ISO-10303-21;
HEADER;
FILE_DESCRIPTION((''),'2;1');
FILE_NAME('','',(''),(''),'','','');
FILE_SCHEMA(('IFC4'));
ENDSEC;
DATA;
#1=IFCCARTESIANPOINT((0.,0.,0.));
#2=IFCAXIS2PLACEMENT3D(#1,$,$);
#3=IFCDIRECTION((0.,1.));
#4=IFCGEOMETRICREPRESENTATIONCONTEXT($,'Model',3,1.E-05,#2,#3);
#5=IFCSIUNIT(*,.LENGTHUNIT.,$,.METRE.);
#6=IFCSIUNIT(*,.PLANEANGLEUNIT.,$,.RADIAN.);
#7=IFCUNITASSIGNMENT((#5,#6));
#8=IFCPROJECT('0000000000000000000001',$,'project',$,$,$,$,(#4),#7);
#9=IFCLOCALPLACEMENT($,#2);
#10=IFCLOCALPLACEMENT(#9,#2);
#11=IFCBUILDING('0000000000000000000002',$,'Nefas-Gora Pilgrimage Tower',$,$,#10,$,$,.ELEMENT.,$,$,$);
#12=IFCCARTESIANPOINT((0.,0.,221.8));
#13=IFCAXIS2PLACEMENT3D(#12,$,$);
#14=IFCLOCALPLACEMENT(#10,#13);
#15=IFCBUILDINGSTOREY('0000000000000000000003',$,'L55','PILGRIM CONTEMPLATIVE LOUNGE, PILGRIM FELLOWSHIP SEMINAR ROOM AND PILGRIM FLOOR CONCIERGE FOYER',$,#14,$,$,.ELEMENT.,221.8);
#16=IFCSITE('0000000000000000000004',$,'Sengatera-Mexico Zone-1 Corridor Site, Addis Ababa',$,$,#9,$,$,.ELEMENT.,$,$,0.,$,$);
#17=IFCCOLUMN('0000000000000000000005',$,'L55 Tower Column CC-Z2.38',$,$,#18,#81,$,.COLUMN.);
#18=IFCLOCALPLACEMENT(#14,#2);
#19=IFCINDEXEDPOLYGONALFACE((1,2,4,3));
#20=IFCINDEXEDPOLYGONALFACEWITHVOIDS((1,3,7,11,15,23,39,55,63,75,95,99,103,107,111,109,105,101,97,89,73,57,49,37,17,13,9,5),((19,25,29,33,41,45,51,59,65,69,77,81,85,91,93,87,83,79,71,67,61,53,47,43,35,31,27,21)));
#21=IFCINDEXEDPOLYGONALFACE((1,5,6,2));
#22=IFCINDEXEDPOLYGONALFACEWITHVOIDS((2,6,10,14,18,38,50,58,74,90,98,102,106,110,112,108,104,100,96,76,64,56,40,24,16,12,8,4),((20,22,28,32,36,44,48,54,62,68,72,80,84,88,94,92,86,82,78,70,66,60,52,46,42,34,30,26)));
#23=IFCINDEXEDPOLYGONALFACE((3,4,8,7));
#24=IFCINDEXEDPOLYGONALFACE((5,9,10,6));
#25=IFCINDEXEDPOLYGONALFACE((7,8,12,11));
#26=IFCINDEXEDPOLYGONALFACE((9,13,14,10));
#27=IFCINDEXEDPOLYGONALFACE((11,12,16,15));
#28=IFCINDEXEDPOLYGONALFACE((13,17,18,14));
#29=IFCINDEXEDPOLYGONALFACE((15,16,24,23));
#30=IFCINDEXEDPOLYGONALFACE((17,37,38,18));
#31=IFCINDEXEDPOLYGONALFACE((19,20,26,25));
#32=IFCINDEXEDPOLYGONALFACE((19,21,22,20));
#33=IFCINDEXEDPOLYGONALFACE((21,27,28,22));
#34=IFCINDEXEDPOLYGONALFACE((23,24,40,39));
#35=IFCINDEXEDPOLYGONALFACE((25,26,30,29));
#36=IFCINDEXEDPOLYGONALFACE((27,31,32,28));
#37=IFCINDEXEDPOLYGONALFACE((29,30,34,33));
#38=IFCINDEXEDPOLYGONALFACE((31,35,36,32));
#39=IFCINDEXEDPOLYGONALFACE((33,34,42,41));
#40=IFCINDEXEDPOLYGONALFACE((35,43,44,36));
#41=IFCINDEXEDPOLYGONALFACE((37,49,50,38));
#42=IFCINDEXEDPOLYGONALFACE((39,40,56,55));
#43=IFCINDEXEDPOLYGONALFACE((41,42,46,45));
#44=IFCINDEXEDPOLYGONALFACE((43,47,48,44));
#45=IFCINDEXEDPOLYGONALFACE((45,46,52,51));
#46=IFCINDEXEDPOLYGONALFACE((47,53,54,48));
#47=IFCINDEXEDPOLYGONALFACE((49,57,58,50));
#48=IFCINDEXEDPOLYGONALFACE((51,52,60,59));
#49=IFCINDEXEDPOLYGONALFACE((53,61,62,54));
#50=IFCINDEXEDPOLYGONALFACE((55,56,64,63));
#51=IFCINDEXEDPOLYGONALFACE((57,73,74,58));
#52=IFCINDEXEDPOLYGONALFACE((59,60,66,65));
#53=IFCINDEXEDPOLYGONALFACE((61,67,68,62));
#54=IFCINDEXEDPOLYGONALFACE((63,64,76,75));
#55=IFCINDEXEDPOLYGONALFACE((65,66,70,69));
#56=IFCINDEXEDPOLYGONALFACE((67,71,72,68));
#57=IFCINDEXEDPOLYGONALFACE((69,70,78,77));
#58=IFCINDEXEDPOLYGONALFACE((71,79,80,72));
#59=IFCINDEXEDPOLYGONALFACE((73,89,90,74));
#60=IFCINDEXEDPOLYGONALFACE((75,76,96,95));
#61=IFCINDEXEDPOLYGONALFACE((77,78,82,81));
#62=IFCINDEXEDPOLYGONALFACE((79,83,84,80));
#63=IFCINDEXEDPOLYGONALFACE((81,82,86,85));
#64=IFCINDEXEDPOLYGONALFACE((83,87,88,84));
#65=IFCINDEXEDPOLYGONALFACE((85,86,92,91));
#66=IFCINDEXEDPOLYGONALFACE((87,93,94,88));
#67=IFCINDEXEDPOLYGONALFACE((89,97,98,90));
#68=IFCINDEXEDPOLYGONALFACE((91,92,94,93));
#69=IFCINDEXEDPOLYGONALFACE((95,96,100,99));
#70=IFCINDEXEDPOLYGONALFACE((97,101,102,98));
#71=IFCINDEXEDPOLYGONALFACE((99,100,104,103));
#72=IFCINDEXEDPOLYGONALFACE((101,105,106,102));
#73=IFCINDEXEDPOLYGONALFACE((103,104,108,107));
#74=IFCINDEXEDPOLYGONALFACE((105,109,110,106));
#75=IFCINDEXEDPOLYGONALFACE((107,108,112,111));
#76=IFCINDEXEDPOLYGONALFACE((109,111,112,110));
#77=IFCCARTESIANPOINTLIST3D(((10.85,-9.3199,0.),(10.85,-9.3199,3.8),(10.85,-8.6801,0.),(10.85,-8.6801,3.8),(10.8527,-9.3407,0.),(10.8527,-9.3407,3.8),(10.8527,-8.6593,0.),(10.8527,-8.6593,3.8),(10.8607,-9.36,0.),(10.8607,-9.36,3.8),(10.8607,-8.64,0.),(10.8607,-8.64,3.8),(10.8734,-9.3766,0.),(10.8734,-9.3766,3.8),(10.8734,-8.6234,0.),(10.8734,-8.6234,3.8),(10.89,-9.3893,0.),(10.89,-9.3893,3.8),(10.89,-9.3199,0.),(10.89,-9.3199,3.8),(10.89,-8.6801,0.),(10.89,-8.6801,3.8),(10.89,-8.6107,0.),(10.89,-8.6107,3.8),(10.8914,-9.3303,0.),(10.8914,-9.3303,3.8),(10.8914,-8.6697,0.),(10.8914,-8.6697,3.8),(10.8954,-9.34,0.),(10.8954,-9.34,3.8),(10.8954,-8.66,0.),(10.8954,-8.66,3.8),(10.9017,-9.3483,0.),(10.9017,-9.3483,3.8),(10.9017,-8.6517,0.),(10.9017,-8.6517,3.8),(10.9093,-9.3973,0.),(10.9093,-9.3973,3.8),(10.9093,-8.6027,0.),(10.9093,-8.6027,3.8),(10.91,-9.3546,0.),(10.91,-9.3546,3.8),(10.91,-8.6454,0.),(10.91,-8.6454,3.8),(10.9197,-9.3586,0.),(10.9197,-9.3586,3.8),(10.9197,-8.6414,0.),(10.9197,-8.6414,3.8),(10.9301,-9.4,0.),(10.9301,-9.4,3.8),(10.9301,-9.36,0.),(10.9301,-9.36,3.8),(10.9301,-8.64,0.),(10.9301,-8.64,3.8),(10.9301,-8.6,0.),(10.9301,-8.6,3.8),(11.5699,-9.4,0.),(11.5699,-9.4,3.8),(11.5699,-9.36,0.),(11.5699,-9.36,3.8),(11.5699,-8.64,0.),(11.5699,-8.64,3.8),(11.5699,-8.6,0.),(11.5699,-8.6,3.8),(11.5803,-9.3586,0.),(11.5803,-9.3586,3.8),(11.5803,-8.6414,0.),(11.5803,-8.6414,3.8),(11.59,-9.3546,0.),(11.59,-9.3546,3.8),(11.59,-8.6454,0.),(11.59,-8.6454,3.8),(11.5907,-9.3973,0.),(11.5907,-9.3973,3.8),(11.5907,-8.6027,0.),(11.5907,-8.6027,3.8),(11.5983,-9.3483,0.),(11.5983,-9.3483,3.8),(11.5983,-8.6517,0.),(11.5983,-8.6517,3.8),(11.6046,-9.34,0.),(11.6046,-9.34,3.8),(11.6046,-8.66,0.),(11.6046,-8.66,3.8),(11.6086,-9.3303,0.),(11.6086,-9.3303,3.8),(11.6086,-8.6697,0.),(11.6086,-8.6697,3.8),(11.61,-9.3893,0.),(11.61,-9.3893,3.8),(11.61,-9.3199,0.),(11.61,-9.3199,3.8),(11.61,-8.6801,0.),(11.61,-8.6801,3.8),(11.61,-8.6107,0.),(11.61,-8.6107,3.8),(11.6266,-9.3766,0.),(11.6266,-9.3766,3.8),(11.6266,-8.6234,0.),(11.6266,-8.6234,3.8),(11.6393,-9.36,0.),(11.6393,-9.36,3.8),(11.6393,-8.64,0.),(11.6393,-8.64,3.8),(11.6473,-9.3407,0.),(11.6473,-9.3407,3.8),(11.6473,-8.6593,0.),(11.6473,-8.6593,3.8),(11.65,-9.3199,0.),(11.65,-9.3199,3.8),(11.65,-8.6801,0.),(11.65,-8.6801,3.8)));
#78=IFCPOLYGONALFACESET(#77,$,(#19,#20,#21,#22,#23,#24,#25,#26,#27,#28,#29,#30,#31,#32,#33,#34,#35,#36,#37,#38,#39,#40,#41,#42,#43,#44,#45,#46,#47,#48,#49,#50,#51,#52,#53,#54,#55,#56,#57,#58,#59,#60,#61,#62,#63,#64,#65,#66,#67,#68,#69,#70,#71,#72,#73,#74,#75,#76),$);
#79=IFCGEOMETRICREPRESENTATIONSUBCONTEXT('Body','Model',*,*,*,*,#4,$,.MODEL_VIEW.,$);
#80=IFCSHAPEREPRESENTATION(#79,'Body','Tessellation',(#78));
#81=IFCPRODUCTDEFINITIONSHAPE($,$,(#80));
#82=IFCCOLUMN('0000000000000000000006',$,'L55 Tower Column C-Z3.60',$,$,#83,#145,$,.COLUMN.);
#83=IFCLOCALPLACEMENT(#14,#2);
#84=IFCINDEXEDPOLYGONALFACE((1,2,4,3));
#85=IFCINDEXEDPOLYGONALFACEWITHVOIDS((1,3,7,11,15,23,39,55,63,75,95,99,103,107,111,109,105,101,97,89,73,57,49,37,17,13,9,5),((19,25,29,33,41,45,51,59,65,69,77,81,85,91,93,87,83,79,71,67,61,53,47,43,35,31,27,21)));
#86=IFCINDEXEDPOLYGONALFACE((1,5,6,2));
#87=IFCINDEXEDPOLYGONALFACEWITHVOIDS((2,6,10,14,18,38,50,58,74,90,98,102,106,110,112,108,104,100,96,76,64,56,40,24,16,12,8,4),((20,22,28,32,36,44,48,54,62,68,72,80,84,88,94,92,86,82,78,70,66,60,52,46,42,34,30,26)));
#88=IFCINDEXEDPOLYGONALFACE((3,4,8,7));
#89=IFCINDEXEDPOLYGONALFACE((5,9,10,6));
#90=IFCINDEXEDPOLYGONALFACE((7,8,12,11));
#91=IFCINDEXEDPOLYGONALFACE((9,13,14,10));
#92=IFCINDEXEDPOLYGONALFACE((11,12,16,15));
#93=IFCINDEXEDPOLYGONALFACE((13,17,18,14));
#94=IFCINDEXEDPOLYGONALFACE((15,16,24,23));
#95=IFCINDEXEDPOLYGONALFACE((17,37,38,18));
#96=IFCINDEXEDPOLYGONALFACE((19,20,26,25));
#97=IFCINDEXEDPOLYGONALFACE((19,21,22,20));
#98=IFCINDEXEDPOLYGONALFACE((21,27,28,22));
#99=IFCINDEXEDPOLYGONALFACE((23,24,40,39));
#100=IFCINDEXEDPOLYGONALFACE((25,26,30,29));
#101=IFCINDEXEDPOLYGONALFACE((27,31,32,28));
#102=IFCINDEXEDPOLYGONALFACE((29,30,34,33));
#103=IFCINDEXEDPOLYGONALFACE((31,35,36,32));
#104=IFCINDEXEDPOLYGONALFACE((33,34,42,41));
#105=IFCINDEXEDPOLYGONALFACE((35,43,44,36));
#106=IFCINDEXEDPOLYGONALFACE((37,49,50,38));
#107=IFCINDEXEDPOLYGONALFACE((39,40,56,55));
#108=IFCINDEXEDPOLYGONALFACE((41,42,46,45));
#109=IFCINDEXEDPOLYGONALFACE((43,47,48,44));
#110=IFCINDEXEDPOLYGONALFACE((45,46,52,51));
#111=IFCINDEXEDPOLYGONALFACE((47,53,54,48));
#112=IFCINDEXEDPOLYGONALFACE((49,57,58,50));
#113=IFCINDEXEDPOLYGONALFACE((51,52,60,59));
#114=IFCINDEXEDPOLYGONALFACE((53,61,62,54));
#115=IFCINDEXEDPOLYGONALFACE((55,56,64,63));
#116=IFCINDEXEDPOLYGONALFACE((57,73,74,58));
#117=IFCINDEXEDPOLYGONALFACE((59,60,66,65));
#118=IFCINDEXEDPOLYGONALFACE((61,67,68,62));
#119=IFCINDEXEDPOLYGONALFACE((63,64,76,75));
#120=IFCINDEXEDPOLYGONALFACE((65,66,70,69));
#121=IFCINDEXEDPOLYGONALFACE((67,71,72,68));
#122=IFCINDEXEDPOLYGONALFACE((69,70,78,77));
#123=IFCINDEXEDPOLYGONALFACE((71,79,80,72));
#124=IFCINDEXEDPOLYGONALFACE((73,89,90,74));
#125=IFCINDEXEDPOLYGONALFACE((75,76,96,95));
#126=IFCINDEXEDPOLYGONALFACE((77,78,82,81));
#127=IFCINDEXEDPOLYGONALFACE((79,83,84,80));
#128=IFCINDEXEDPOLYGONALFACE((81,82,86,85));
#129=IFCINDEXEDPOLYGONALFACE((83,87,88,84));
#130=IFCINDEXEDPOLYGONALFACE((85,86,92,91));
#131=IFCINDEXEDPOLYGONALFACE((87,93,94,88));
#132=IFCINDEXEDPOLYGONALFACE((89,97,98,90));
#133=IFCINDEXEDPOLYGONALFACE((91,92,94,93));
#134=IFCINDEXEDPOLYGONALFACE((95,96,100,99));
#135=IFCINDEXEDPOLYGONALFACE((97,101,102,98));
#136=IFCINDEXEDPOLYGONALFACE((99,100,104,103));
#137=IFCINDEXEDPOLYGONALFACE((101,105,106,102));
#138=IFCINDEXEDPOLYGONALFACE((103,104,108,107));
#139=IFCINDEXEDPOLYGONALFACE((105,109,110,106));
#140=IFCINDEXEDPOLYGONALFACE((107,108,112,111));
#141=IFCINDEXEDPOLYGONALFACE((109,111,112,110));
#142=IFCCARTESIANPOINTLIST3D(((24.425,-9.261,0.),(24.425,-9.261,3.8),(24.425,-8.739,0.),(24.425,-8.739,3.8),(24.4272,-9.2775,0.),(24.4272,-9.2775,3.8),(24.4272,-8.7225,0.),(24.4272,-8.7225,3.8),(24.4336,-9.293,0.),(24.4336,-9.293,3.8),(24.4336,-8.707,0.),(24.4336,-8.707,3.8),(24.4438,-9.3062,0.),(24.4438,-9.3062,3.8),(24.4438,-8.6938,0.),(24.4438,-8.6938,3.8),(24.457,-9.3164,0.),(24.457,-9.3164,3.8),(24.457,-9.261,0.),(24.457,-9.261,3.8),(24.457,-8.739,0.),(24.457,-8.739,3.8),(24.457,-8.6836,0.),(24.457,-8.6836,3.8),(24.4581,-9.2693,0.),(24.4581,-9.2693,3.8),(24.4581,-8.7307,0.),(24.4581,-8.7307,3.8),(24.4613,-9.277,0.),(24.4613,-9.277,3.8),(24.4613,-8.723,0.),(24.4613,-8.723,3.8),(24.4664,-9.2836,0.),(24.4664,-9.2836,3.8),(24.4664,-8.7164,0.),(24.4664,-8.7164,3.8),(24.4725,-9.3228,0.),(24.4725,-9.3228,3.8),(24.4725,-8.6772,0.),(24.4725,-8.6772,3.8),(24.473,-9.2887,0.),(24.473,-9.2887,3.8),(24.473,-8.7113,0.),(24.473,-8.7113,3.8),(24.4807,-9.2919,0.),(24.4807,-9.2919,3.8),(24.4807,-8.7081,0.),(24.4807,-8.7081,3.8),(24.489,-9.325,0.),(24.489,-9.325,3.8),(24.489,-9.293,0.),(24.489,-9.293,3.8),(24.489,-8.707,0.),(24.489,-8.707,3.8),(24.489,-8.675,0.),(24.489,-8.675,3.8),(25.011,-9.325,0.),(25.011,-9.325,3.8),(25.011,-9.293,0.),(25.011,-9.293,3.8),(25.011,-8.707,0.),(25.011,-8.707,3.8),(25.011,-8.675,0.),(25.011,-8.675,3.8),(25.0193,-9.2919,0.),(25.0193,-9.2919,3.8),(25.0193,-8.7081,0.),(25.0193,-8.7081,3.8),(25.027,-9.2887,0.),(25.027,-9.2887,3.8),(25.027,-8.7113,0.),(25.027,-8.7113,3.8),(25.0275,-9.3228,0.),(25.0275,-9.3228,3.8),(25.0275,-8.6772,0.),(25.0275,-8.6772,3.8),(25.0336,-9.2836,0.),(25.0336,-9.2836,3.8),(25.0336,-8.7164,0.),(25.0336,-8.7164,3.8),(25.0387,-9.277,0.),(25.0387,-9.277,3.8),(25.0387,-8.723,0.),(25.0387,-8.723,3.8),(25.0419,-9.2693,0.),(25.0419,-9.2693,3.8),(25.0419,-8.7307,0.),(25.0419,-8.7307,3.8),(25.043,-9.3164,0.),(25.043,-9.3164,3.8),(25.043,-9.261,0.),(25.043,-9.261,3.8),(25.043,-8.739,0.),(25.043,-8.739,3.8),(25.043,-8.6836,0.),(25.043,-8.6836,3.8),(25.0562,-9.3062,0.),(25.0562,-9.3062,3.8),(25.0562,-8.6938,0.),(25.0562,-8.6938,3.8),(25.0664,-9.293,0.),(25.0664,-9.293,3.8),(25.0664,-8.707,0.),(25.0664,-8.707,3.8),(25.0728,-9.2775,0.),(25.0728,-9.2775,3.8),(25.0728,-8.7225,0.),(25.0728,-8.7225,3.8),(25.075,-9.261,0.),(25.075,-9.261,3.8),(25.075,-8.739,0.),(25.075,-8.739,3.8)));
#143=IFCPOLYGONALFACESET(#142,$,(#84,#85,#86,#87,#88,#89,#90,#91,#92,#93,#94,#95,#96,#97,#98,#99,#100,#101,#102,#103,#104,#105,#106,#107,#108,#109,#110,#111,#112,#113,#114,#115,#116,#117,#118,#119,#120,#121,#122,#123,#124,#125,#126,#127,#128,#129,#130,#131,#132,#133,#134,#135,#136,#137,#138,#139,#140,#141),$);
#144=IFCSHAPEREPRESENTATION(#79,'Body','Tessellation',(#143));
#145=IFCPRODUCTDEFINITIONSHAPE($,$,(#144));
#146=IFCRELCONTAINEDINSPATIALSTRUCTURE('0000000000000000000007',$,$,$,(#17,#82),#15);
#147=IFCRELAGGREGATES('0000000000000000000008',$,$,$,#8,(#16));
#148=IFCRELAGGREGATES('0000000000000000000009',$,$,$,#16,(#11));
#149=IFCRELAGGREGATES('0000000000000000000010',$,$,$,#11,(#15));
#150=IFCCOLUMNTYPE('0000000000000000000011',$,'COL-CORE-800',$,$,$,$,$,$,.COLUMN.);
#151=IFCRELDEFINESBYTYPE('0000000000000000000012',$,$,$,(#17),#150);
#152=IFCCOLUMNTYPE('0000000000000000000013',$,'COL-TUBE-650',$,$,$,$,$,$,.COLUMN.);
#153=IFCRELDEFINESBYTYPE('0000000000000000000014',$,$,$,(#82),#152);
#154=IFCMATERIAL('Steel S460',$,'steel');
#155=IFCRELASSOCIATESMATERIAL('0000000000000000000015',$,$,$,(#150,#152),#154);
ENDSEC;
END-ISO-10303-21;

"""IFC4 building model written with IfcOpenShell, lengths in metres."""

from ifc_helpers import new_model, si_unit, direction, frame, origin, origin_2d, place, context, subcontext, project, spatial, hollow_rectangle, extrude, source, transform, mapped, material, material_profile, profile_set, type_object, element, save


model = new_model("IFC4")

# Units and contexts
model_context = context("Model", 3, precision=1e-05, world=origin(), true_north=direction((0.0, 1.0)))
body_context = subcontext(model_context, "Body", "Model", "MODEL_VIEW")
ifc_project = project(units=[si_unit("LENGTHUNIT", "METRE"), si_unit("PLANEANGLEUNIT", "RADIAN")], contexts=[model_context])

# Site, building, storey
site_placement = place(None, origin())
site = spatial("IfcSite", under=ifc_project, at=site_placement, Name="Sengatera-Mexico Zone-1 Corridor Site, Addis Ababa", CompositionType="ELEMENT", RefElevation=0.0)
building_placement = place(site_placement, origin())
building = spatial("IfcBuilding", under=site, at=building_placement, Name="Nefas-Gora Pilgrimage Tower", CompositionType="ELEMENT")
storey_placement = place(building_placement, frame((0.0, 0.0, 221.8)))
storey = spatial("IfcBuildingStorey", under=building, at=storey_placement, Name="L55", Description="PILGRIM CONTEMPLATIVE LOUNGE, PILGRIM FELLOWSHIP SEMINAR ROOM AND PILGRIM FLOOR CONCIERGE FOYER", CompositionType="ELEMENT", Elevation=221.8)

# Columns
ifc_material_1 = material(Name="Steel S460", Category="steel")
ifc_material_profile_1 = material_profile(ifc_material_1, hollow_rectangle(XDim=0.8, YDim=0.8, WallThickness=0.04, InnerFilletRadius=0.04, OuterFilletRadius=0.0801, at=origin_2d()), Name="BOX 800x800x40")
ifc_profile_set_1 = profile_set([ifc_material_profile_1], Name="Steel S460")
column_type_1 = type_object("IfcColumnType", Name="COL-CORE-800", PredefinedType="COLUMN", material=ifc_profile_set_1)
shared_shape_1 = source(origin(), body_context, "Body", "SweptSolid", [
    extrude(hollow_rectangle(XDim=0.8, YDim=0.8, WallThickness=0.04, InnerFilletRadius=0.04, OuterFilletRadius=0.0801, at=origin_2d()), origin(), (0.0, 0.0, 1.0), 3.8),
])
column_placement = place(storey_placement, frame((11.25, -9.0, 0.0), z_axis=(0.0, 0.0, 1.0), x_axis=(1.0, 0.0, 0.0)))
element("IfcColumn", 1, at=column_placement, inside=storey, type_object=column_type_1, Name="L55 Tower Column CC-Z2.38", PredefinedType="COLUMN", context=body_context, shape_type="MappedRepresentation", body=[
    mapped(shared_shape_1, transform((0.0, 0.0, 0.0), x_axis=(1.0, 0.0, 0.0), y_axis=(0.0, 1.0, 0.0), z_axis=(0.0, 0.0, 1.0), scale=1.0)),
])
ifc_material_profile_2 = material_profile(ifc_material_1, hollow_rectangle(XDim=0.6499, YDim=0.6499, WallThickness=0.032, InnerFilletRadius=0.032, OuterFilletRadius=0.064, at=origin_2d()), Name="BOX 650x650x32")
ifc_profile_set_2 = profile_set([ifc_material_profile_2], Name="Steel S460")
column_type_2 = type_object("IfcColumnType", Name="COL-TUBE-650", PredefinedType="COLUMN", material=ifc_profile_set_2)
shared_shape_2 = source(origin(), body_context, "Body", "SweptSolid", [
    extrude(hollow_rectangle(XDim=0.6499, YDim=0.6499, WallThickness=0.032, InnerFilletRadius=0.032, OuterFilletRadius=0.064, at=origin_2d()), origin(), (0.0, 0.0, 1.0), 3.8),
])
for number, where, z_axis, x_axis, name in (
    (2, (24.75, -9.0, 0.0), (0.0, 0.0, 1.0), (1.0, 0.0, 0.0), "L55 Tower Column C-Z3.60"),
):
    element("IfcColumn", number, at=place(storey_placement, frame(where, z_axis=z_axis, x_axis=x_axis)), inside=storey, type_object=column_type_2, Name=name, PredefinedType="COLUMN", context=body_context, shape_type="MappedRepresentation", body=[
        mapped(shared_shape_2, transform((0.0, 0.0, 0.0), x_axis=(1.0, 0.0, 0.0), y_axis=(0.0, 1.0, 0.0), z_axis=(0.0, 0.0, 1.0), scale=1.0)),
    ])

save(model, "model.ifc")
